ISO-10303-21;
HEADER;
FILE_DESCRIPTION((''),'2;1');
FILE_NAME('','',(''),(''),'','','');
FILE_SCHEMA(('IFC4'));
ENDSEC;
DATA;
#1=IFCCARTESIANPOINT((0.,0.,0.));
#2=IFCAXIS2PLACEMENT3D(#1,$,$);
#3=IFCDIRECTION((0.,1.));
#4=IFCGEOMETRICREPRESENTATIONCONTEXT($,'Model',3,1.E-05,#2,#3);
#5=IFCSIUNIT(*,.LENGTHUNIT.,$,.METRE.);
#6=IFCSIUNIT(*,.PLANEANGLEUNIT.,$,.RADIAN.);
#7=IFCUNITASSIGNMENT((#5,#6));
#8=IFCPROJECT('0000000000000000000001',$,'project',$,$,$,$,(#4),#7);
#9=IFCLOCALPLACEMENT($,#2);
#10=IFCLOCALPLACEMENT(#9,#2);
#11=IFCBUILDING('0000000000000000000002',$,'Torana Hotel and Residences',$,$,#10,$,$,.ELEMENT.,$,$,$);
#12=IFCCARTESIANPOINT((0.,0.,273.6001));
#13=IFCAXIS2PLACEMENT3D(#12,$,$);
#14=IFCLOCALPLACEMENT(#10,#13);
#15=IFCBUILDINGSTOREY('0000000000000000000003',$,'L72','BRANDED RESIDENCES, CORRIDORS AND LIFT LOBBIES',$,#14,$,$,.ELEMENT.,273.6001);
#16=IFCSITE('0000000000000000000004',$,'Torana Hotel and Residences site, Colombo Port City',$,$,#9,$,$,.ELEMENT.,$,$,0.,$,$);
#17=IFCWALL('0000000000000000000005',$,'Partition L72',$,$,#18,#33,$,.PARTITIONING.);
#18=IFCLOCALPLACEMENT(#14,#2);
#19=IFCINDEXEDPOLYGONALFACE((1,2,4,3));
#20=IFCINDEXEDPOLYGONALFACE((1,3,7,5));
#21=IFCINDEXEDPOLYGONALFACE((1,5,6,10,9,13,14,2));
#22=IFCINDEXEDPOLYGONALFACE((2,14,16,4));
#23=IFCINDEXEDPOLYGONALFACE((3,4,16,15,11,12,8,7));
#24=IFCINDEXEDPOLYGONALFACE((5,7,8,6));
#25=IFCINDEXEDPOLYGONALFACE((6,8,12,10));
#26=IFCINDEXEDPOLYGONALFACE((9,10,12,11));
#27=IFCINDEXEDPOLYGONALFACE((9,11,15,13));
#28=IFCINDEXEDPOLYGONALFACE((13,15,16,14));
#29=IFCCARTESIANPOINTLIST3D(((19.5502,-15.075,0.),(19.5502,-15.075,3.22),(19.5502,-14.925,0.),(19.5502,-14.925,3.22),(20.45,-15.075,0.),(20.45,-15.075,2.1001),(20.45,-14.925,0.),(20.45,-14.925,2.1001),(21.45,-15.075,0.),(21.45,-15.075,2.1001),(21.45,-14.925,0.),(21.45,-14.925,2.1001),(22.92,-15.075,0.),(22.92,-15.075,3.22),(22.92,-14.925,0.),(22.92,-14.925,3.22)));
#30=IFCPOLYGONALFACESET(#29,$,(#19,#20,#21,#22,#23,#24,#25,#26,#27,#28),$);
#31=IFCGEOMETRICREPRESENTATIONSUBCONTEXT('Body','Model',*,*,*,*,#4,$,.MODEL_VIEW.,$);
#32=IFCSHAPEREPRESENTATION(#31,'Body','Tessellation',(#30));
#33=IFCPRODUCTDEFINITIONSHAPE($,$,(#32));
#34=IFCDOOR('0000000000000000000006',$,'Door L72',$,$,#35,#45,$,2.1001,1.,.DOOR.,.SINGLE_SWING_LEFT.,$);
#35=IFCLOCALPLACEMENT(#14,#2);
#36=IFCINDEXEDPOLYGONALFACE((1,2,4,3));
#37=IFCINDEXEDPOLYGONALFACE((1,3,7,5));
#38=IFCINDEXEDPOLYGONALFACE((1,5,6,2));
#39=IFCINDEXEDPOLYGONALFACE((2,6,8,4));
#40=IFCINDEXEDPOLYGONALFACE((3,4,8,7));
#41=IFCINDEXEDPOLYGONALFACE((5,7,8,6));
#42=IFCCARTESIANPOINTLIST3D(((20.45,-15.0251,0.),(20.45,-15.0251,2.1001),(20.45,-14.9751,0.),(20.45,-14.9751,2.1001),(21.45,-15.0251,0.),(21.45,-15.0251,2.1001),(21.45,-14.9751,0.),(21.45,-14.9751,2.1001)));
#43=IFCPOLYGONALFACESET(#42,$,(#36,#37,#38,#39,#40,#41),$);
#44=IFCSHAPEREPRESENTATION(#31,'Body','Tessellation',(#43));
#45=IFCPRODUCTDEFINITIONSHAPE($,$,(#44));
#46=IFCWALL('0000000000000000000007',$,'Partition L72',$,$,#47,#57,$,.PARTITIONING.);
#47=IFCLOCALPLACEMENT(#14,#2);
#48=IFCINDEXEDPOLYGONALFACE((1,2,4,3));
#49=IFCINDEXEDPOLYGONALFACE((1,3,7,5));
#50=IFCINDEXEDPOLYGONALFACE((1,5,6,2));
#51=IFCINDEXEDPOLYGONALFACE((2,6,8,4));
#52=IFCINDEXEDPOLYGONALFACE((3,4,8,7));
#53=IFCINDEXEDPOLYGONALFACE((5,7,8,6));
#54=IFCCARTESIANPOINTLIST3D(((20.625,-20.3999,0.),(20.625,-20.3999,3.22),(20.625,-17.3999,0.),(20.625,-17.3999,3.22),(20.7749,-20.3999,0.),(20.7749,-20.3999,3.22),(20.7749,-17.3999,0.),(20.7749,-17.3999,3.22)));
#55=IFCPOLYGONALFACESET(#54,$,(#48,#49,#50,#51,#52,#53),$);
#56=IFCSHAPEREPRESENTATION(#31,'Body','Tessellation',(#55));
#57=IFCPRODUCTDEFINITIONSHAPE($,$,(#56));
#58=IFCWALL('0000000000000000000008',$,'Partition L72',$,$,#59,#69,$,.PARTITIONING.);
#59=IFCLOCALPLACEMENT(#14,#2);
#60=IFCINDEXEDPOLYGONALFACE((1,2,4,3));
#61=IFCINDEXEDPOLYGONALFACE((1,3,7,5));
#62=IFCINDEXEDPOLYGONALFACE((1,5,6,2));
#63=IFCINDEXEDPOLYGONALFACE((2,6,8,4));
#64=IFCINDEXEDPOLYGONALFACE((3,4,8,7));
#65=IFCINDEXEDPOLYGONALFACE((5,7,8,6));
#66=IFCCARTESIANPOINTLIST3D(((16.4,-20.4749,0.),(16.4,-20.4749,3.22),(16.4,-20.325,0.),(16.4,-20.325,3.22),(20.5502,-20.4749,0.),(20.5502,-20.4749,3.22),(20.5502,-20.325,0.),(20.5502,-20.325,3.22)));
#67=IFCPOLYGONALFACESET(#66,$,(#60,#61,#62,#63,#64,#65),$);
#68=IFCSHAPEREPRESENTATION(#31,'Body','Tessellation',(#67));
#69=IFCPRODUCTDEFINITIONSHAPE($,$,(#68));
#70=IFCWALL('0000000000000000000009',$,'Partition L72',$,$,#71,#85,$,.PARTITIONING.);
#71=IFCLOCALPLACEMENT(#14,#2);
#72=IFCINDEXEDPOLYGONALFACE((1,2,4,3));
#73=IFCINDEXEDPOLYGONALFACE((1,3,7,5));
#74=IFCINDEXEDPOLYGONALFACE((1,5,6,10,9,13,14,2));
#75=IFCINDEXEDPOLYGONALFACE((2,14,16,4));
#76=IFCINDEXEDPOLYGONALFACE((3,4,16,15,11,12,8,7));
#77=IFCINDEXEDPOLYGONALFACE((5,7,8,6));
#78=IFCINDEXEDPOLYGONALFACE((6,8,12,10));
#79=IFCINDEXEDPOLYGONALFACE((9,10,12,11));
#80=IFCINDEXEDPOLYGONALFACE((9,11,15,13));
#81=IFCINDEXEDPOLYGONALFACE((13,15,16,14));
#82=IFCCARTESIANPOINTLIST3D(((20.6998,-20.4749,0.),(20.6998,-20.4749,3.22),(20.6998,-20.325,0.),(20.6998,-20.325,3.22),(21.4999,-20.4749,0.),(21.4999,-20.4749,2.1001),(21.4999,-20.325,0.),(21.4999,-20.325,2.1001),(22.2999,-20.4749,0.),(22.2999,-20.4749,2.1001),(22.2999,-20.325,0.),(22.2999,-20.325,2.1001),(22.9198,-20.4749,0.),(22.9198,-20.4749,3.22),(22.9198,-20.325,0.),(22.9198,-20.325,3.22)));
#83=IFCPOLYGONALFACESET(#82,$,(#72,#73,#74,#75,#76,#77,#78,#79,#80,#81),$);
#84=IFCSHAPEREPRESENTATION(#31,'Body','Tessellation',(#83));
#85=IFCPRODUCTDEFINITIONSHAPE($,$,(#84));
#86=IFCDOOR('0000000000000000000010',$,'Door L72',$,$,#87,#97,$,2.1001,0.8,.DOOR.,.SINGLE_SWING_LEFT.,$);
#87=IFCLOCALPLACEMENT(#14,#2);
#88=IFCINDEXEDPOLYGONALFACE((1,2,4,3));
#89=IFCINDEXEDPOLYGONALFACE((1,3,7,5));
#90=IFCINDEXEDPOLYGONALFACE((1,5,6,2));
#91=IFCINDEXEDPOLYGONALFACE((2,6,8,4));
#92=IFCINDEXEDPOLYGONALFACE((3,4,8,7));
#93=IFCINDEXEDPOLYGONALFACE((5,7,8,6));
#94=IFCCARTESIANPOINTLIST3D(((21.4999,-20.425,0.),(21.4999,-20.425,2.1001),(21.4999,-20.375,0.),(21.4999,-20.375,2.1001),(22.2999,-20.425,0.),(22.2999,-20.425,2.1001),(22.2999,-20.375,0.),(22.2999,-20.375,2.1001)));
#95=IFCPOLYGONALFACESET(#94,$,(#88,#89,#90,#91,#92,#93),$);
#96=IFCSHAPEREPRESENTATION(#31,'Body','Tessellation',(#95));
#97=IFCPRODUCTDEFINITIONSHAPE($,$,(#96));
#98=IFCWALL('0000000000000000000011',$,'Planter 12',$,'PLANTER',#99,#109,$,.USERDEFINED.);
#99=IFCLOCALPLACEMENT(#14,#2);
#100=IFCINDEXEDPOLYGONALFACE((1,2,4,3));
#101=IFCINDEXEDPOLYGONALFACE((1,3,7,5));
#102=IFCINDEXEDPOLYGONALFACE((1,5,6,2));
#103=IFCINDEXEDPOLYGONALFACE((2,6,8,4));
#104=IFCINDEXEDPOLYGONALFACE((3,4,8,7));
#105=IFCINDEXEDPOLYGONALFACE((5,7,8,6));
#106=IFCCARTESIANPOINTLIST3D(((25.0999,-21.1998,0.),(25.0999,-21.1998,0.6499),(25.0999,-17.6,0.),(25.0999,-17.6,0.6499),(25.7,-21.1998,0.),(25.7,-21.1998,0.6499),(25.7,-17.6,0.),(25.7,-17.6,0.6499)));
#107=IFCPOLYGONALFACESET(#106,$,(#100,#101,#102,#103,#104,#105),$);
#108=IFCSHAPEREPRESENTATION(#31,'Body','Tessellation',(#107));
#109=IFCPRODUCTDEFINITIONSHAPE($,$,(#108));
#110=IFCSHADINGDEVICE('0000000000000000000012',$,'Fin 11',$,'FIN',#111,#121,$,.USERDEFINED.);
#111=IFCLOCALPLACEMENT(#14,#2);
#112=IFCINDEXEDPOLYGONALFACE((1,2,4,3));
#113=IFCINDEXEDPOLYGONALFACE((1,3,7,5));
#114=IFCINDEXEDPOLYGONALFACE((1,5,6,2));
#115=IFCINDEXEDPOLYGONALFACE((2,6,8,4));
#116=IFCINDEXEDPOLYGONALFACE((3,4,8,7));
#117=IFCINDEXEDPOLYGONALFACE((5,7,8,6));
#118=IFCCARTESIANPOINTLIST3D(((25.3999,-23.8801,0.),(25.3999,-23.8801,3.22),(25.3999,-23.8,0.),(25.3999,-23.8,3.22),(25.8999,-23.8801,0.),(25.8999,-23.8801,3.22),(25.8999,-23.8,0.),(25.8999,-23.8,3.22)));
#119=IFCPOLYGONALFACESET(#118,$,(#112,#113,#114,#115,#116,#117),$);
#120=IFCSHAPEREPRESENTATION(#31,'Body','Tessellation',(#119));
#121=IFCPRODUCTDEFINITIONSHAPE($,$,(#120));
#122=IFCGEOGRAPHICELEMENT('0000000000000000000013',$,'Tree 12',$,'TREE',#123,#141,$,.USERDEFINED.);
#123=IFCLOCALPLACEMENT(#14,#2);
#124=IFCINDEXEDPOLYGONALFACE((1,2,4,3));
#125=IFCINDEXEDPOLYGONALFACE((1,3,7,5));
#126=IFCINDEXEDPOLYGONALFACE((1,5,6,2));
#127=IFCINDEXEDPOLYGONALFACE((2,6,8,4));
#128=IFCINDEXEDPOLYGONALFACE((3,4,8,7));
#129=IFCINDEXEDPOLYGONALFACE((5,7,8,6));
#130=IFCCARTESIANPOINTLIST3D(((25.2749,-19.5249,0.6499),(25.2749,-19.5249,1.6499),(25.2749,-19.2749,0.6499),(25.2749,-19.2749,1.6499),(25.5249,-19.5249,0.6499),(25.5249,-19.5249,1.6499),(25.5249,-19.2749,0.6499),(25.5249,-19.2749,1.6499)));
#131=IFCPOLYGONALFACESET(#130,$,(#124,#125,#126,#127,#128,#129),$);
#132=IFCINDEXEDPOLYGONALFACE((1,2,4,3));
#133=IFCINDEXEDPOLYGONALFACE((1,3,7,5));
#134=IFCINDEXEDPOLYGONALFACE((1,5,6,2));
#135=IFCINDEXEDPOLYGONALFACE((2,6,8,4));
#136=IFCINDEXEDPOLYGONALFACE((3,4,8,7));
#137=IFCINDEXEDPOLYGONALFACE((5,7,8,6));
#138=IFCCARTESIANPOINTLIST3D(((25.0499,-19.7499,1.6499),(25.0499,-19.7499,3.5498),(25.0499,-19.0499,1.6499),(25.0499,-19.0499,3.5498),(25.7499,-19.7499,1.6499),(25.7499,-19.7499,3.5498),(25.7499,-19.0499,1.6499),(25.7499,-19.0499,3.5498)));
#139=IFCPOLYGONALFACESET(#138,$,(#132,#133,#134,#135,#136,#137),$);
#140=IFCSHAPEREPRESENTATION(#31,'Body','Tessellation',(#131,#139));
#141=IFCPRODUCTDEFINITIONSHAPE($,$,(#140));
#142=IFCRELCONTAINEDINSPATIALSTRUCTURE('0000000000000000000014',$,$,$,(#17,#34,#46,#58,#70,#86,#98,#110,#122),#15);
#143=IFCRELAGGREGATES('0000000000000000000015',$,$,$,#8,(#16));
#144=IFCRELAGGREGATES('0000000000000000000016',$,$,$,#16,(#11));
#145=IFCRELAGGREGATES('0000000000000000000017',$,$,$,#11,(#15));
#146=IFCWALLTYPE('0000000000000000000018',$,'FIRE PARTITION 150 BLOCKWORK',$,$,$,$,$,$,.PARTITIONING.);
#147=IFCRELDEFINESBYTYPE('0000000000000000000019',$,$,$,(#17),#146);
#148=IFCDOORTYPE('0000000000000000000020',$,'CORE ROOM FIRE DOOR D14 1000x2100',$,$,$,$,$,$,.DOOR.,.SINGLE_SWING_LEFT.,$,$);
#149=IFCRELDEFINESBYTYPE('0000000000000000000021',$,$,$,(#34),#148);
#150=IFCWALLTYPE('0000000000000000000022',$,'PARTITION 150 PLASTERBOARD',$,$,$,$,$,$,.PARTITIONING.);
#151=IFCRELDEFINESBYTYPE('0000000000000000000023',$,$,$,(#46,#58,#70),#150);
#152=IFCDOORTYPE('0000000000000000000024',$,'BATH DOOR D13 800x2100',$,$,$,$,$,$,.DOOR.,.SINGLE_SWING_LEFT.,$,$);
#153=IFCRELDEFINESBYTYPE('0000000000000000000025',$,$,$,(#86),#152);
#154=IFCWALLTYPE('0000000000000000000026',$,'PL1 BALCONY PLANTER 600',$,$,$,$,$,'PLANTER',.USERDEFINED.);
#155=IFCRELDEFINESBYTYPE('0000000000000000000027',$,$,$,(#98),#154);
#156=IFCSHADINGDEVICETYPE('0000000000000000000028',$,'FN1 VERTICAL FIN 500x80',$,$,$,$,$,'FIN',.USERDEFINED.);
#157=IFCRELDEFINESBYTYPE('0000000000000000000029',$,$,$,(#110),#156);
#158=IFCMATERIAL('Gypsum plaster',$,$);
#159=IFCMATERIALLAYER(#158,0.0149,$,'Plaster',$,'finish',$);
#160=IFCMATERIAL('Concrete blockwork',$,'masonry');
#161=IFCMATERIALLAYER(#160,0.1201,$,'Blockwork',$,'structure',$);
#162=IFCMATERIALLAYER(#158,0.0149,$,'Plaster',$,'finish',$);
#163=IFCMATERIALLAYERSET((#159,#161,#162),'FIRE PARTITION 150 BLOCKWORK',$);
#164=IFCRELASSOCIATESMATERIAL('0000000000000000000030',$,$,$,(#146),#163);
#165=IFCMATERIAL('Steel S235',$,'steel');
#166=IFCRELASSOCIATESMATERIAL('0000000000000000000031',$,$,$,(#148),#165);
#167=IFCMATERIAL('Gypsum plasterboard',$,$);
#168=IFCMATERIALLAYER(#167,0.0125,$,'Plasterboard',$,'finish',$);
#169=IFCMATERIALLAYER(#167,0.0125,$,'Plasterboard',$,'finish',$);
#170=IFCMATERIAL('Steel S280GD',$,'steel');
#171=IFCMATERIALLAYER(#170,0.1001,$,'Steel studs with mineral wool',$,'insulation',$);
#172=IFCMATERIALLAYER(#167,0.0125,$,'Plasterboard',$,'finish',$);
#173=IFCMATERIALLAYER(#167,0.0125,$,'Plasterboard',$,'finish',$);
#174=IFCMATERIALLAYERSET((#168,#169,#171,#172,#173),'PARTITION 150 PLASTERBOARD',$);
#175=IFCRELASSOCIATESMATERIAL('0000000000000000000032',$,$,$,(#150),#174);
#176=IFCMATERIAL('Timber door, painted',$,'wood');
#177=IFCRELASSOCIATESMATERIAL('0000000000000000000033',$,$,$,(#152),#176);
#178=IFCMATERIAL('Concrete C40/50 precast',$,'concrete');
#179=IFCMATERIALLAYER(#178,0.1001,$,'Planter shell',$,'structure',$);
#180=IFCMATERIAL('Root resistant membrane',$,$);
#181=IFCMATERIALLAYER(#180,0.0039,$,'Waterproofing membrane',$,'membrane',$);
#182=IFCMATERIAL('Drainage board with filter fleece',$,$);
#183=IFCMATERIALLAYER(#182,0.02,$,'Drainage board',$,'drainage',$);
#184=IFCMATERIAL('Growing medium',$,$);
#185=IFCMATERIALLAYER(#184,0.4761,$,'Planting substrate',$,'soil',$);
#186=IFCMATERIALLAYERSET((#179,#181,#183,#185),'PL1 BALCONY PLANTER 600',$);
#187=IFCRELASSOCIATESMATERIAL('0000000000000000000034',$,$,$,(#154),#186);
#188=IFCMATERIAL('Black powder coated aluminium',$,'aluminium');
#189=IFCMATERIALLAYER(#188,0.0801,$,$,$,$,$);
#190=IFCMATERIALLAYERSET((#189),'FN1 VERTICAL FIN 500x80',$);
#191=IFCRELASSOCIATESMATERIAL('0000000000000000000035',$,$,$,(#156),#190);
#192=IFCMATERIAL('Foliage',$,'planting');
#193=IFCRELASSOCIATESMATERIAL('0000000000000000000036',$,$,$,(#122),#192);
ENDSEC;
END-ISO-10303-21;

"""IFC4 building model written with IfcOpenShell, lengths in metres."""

from ifc_helpers import new_model, si_unit, direction, frame, frame_2d, origin, origin_2d, place, context, subcontext, project, spatial, rectangle, extrude, material, layer, layer_set, type_object, element, fill, save


model = new_model("IFC4")

# Units and contexts
model_context = context("Model", 3, precision=1e-05, world=origin(), true_north=direction((0.0, 1.0)))
body_context = subcontext(model_context, "Body", "Model", "MODEL_VIEW")
ifc_project = project(units=[si_unit("LENGTHUNIT", "METRE"), si_unit("PLANEANGLEUNIT", "RADIAN")], contexts=[model_context])

# Site, building, storey
site_placement = place(None, origin())
site = spatial("IfcSite", under=ifc_project, at=site_placement, Name="Torana Hotel and Residences site, Colombo Port City", CompositionType="ELEMENT", RefElevation=0.0)
building_placement = place(site_placement, origin())
building = spatial("IfcBuilding", under=site, at=building_placement, Name="Torana Hotel and Residences", CompositionType="ELEMENT")
storey_placement = place(building_placement, frame((0.0, 0.0, 273.6001)))
storey = spatial("IfcBuildingStorey", under=building, at=storey_placement, Name="L72", Description="BRANDED RESIDENCES, CORRIDORS AND LIFT LOBBIES", CompositionType="ELEMENT", Elevation=273.6001)

# Wall, opening, door
ifc_material_1 = material(Name="Gypsum plaster")
ifc_layer_1 = layer(ifc_material_1, 0.0149, Name="Plaster", Category="finish")
ifc_material_2 = material(Name="Concrete blockwork", Category="masonry")
ifc_layer_2 = layer(ifc_material_2, 0.1201, Name="Blockwork", Category="structure")
ifc_layer_3 = layer(ifc_material_1, 0.0149, Name="Plaster", Category="finish")
ifc_layer_set_1 = layer_set([ifc_layer_1, ifc_layer_2, ifc_layer_3], Name="FIRE PARTITION 150 BLOCKWORK")
wall_type_1 = type_object("IfcWallType", Name="FIRE PARTITION 150 BLOCKWORK", PredefinedType="PARTITIONING", material=ifc_layer_set_1)
wall_1_placement = place(storey_placement, frame((19.55, -15.0, 0.0), z_axis=(0.0, 0.0, 1.0), x_axis=(1.0, 0.0, 0.0)))
wall_1 = element("IfcWall", 1, at=wall_1_placement, inside=storey, type_object=wall_type_1, Name="Partition L72", PredefinedType="PARTITIONING", context=body_context, shape_type="SweptSolid", body=[
    extrude(rectangle(XDim=3.3699, YDim=0.1499, at=frame_2d((1.6851, 0.0))), origin(), (0.0, 0.0, 1.0), 3.22),
])
opening_1_placement = place(wall_1_placement, frame((0.8999, 0.0, 0.0)))
opening_1 = element("IfcOpeningElement", 2, at=opening_1_placement, cuts=wall_1, PredefinedType="OPENING", context=body_context, shape_type="SweptSolid", body=[
    extrude(rectangle(XDim=1.0, YDim=2.1001, at=frame_2d((0.5, 1.05))), frame((0.0, 0.085, 0.0), z_axis=(0.0, -1.0, 0.0), x_axis=(1.0, 0.0, 0.0)), (0.0, 0.0, 1.0), 0.1699),
])
ifc_material_3 = material(Name="Steel S235", Category="steel")
door_type_1 = type_object("IfcDoorType", Name="CORE ROOM FIRE DOOR D14 1000x2100", OperationType="SINGLE_SWING_LEFT", PredefinedType="DOOR", material=ifc_material_3)
door_1_placement = place(opening_1_placement, origin())
door_1 = element("IfcDoor", 3, at=door_1_placement, inside=storey, type_object=door_type_1, Name="Door L72", OperationType="SINGLE_SWING_LEFT", OverallHeight=2.1001, OverallWidth=1.0, PredefinedType="DOOR", context=body_context, shape_type="SweptSolid", body=[
    extrude(rectangle(XDim=1.0, YDim=2.1001, at=frame_2d((0.5, 1.05))), frame((0.0, 0.0249, 0.0), z_axis=(0.0, -1.0, 0.0), x_axis=(1.0, 0.0, 0.0)), (0.0, 0.0, 1.0), 0.05),
])
fill(opening_1, door_1)

# Walls
ifc_material_4 = material(Name="Gypsum plasterboard")
ifc_layer_4 = layer(ifc_material_4, 0.0125, Name="Plasterboard", Category="finish")
ifc_layer_5 = layer(ifc_material_4, 0.0125, Name="Plasterboard", Category="finish")
ifc_material_5 = material(Name="Steel S280GD", Category="steel")
ifc_layer_6 = layer(ifc_material_5, 0.1001, Name="Steel studs with mineral wool", Category="insulation")
ifc_layer_7 = layer(ifc_material_4, 0.0125, Name="Plasterboard", Category="finish")
ifc_layer_8 = layer(ifc_material_4, 0.0125, Name="Plasterboard", Category="finish")
ifc_layer_set_2 = layer_set([ifc_layer_4, ifc_layer_5, ifc_layer_6, ifc_layer_7, ifc_layer_8], Name="PARTITION 150 PLASTERBOARD")
wall_type_2 = type_object("IfcWallType", Name="PARTITION 150 PLASTERBOARD", PredefinedType="PARTITIONING", material=ifc_layer_set_2)
wall_2_placement = place(storey_placement, frame((20.7, -20.3999, 0.0), z_axis=(0.0, 0.0, 1.0), x_axis=(0.0, 1.0, 0.0)))
element("IfcWall", 4, at=wall_2_placement, inside=storey, type_object=wall_type_2, Name="Partition L72", PredefinedType="PARTITIONING", context=body_context, shape_type="SweptSolid", body=[
    extrude(rectangle(XDim=3.0, YDim=0.1499, at=frame_2d((1.5, 0.0))), origin(), (0.0, 0.0, 1.0), 3.22),
])
wall_3_placement = place(storey_placement, frame((16.3999, -20.3999, 0.0), z_axis=(0.0, 0.0, 1.0), x_axis=(1.0, 0.0, 0.0)))
element("IfcWall", 5, at=wall_3_placement, inside=storey, type_object=wall_type_2, Name="Partition L72", PredefinedType="PARTITIONING", context=body_context, shape_type="SweptSolid", body=[
    extrude(rectangle(XDim=4.1501, YDim=0.1499, at=frame_2d((2.0752, 0.0))), origin(), (0.0, 0.0, 1.0), 3.22),
])

# Wall, opening, door
wall_4_placement = place(storey_placement, frame((20.7, -20.3999, 0.0), z_axis=(0.0, 0.0, 1.0), x_axis=(1.0, 0.0, 0.0)))
wall_4 = element("IfcWall", 6, at=wall_4_placement, inside=storey, type_object=wall_type_2, Name="Partition L72", PredefinedType="PARTITIONING", context=body_context, shape_type="SweptSolid", body=[
    extrude(rectangle(XDim=2.22, YDim=0.1499, at=frame_2d((1.1099, 0.0))), origin(), (0.0, 0.0, 1.0), 3.22),
])
opening_2_placement = place(wall_4_placement, frame((0.8, 0.0, 0.0)))
opening_2 = element("IfcOpeningElement", 7, at=opening_2_placement, cuts=wall_4, PredefinedType="OPENING", context=body_context, shape_type="SweptSolid", body=[
    extrude(rectangle(XDim=0.8, YDim=2.1001, at=frame_2d((0.3999, 1.05))), frame((0.0, 0.085, 0.0), z_axis=(0.0, -1.0, 0.0), x_axis=(1.0, 0.0, 0.0)), (0.0, 0.0, 1.0), 0.1699),
])
ifc_material_6 = material(Name="Timber door, painted", Category="wood")
door_type_2 = type_object("IfcDoorType", Name="BATH DOOR D13 800x2100", OperationType="SINGLE_SWING_LEFT", PredefinedType="DOOR", material=ifc_material_6)
door_2_placement = place(opening_2_placement, origin())
door_2 = element("IfcDoor", 8, at=door_2_placement, inside=storey, type_object=door_type_2, Name="Door L72", OperationType="SINGLE_SWING_LEFT", OverallHeight=2.1001, OverallWidth=0.8, PredefinedType="DOOR", context=body_context, shape_type="SweptSolid", body=[
    extrude(rectangle(XDim=0.8, YDim=2.1001, at=frame_2d((0.3999, 1.05))), frame((0.0, 0.0249, 0.0), z_axis=(0.0, -1.0, 0.0), x_axis=(1.0, 0.0, 0.0)), (0.0, 0.0, 1.0), 0.05),
])
fill(opening_2, door_2)

# Wall
ifc_material_7 = material(Name="Concrete C40/50 precast", Category="concrete")
ifc_layer_9 = layer(ifc_material_7, 0.1001, Name="Planter shell", Category="structure")
ifc_material_8 = material(Name="Root resistant membrane")
ifc_layer_10 = layer(ifc_material_8, 0.0039, Name="Waterproofing membrane", Category="membrane")
ifc_material_9 = material(Name="Drainage board with filter fleece")
ifc_layer_11 = layer(ifc_material_9, 0.02, Name="Drainage board", Category="drainage")
ifc_material_10 = material(Name="Growing medium")
ifc_layer_12 = layer(ifc_material_10, 0.4761, Name="Planting substrate", Category="soil")
ifc_layer_set_3 = layer_set([ifc_layer_9, ifc_layer_10, ifc_layer_11, ifc_layer_12], Name="PL1 BALCONY PLANTER 600")
wall_type_3 = type_object("IfcWallType", Name="PL1 BALCONY PLANTER 600", ElementType="PLANTER", PredefinedType="USERDEFINED", material=ifc_layer_set_3)
wall_5_placement = place(storey_placement, frame((25.3999, -17.6001, 0.0), z_axis=(0.0, 0.0, 1.0), x_axis=(0.0, -1.0, 0.0)))
element("IfcWall", 9, at=wall_5_placement, inside=storey, type_object=wall_type_3, Name="Planter 12", ObjectType="PLANTER", PredefinedType="USERDEFINED", context=body_context, shape_type="SweptSolid", body=[
    extrude(rectangle(XDim=3.5999, YDim=0.6001, at=frame_2d((1.7998, 0.0))), origin(), (0.0, 0.0, 1.0), 0.6499),
])

# Shading device
ifc_material_11 = material(Name="Black powder coated aluminium", Category="aluminium")
ifc_layer_13 = layer(ifc_material_11, 0.0801)
ifc_layer_set_4 = layer_set([ifc_layer_13], Name="FN1 VERTICAL FIN 500x80")
shading_device_type = type_object("IfcShadingDeviceType", Name="FN1 VERTICAL FIN 500x80", ElementType="FIN", PredefinedType="USERDEFINED", material=ifc_layer_set_4)
shading_device_placement = place(storey_placement, frame((25.6499, -23.8401, 0.0), z_axis=(0.0, 0.0, 1.0), x_axis=(0.0, -1.0, 0.0)))
element("IfcShadingDevice", 10, at=shading_device_placement, inside=storey, type_object=shading_device_type, Name="Fin 11", ObjectType="FIN", PredefinedType="USERDEFINED", context=body_context, shape_type="SweptSolid", body=[
    extrude(rectangle(XDim=0.0801, YDim=0.5, at=origin_2d()), origin(), (0.0, 0.0, 1.0), 3.22),
])

# Geographic element
ifc_material_12 = material(Name="Foliage", Category="planting")
geographic_element_placement = place(storey_placement, frame((25.3999, -19.3999, 0.6499), z_axis=(0.0, 0.0, 1.0), x_axis=(1.0, 0.0, 0.0)))
element("IfcGeographicElement", 11, at=geographic_element_placement, inside=storey, material=ifc_material_12, Name="Tree 12", ObjectType="TREE", PredefinedType="USERDEFINED", context=body_context, shape_type="SweptSolid", body=[
    extrude(rectangle(XDim=0.25, YDim=0.25, at=origin_2d()), origin(), (0.0, 0.0, 1.0), 1.0),
    extrude(rectangle(XDim=0.7, YDim=0.7, at=origin_2d()), frame((0.0, 0.0, 1.0)), (0.0, 0.0, 1.0), 1.8999),
])

save(model, "model.ifc")
